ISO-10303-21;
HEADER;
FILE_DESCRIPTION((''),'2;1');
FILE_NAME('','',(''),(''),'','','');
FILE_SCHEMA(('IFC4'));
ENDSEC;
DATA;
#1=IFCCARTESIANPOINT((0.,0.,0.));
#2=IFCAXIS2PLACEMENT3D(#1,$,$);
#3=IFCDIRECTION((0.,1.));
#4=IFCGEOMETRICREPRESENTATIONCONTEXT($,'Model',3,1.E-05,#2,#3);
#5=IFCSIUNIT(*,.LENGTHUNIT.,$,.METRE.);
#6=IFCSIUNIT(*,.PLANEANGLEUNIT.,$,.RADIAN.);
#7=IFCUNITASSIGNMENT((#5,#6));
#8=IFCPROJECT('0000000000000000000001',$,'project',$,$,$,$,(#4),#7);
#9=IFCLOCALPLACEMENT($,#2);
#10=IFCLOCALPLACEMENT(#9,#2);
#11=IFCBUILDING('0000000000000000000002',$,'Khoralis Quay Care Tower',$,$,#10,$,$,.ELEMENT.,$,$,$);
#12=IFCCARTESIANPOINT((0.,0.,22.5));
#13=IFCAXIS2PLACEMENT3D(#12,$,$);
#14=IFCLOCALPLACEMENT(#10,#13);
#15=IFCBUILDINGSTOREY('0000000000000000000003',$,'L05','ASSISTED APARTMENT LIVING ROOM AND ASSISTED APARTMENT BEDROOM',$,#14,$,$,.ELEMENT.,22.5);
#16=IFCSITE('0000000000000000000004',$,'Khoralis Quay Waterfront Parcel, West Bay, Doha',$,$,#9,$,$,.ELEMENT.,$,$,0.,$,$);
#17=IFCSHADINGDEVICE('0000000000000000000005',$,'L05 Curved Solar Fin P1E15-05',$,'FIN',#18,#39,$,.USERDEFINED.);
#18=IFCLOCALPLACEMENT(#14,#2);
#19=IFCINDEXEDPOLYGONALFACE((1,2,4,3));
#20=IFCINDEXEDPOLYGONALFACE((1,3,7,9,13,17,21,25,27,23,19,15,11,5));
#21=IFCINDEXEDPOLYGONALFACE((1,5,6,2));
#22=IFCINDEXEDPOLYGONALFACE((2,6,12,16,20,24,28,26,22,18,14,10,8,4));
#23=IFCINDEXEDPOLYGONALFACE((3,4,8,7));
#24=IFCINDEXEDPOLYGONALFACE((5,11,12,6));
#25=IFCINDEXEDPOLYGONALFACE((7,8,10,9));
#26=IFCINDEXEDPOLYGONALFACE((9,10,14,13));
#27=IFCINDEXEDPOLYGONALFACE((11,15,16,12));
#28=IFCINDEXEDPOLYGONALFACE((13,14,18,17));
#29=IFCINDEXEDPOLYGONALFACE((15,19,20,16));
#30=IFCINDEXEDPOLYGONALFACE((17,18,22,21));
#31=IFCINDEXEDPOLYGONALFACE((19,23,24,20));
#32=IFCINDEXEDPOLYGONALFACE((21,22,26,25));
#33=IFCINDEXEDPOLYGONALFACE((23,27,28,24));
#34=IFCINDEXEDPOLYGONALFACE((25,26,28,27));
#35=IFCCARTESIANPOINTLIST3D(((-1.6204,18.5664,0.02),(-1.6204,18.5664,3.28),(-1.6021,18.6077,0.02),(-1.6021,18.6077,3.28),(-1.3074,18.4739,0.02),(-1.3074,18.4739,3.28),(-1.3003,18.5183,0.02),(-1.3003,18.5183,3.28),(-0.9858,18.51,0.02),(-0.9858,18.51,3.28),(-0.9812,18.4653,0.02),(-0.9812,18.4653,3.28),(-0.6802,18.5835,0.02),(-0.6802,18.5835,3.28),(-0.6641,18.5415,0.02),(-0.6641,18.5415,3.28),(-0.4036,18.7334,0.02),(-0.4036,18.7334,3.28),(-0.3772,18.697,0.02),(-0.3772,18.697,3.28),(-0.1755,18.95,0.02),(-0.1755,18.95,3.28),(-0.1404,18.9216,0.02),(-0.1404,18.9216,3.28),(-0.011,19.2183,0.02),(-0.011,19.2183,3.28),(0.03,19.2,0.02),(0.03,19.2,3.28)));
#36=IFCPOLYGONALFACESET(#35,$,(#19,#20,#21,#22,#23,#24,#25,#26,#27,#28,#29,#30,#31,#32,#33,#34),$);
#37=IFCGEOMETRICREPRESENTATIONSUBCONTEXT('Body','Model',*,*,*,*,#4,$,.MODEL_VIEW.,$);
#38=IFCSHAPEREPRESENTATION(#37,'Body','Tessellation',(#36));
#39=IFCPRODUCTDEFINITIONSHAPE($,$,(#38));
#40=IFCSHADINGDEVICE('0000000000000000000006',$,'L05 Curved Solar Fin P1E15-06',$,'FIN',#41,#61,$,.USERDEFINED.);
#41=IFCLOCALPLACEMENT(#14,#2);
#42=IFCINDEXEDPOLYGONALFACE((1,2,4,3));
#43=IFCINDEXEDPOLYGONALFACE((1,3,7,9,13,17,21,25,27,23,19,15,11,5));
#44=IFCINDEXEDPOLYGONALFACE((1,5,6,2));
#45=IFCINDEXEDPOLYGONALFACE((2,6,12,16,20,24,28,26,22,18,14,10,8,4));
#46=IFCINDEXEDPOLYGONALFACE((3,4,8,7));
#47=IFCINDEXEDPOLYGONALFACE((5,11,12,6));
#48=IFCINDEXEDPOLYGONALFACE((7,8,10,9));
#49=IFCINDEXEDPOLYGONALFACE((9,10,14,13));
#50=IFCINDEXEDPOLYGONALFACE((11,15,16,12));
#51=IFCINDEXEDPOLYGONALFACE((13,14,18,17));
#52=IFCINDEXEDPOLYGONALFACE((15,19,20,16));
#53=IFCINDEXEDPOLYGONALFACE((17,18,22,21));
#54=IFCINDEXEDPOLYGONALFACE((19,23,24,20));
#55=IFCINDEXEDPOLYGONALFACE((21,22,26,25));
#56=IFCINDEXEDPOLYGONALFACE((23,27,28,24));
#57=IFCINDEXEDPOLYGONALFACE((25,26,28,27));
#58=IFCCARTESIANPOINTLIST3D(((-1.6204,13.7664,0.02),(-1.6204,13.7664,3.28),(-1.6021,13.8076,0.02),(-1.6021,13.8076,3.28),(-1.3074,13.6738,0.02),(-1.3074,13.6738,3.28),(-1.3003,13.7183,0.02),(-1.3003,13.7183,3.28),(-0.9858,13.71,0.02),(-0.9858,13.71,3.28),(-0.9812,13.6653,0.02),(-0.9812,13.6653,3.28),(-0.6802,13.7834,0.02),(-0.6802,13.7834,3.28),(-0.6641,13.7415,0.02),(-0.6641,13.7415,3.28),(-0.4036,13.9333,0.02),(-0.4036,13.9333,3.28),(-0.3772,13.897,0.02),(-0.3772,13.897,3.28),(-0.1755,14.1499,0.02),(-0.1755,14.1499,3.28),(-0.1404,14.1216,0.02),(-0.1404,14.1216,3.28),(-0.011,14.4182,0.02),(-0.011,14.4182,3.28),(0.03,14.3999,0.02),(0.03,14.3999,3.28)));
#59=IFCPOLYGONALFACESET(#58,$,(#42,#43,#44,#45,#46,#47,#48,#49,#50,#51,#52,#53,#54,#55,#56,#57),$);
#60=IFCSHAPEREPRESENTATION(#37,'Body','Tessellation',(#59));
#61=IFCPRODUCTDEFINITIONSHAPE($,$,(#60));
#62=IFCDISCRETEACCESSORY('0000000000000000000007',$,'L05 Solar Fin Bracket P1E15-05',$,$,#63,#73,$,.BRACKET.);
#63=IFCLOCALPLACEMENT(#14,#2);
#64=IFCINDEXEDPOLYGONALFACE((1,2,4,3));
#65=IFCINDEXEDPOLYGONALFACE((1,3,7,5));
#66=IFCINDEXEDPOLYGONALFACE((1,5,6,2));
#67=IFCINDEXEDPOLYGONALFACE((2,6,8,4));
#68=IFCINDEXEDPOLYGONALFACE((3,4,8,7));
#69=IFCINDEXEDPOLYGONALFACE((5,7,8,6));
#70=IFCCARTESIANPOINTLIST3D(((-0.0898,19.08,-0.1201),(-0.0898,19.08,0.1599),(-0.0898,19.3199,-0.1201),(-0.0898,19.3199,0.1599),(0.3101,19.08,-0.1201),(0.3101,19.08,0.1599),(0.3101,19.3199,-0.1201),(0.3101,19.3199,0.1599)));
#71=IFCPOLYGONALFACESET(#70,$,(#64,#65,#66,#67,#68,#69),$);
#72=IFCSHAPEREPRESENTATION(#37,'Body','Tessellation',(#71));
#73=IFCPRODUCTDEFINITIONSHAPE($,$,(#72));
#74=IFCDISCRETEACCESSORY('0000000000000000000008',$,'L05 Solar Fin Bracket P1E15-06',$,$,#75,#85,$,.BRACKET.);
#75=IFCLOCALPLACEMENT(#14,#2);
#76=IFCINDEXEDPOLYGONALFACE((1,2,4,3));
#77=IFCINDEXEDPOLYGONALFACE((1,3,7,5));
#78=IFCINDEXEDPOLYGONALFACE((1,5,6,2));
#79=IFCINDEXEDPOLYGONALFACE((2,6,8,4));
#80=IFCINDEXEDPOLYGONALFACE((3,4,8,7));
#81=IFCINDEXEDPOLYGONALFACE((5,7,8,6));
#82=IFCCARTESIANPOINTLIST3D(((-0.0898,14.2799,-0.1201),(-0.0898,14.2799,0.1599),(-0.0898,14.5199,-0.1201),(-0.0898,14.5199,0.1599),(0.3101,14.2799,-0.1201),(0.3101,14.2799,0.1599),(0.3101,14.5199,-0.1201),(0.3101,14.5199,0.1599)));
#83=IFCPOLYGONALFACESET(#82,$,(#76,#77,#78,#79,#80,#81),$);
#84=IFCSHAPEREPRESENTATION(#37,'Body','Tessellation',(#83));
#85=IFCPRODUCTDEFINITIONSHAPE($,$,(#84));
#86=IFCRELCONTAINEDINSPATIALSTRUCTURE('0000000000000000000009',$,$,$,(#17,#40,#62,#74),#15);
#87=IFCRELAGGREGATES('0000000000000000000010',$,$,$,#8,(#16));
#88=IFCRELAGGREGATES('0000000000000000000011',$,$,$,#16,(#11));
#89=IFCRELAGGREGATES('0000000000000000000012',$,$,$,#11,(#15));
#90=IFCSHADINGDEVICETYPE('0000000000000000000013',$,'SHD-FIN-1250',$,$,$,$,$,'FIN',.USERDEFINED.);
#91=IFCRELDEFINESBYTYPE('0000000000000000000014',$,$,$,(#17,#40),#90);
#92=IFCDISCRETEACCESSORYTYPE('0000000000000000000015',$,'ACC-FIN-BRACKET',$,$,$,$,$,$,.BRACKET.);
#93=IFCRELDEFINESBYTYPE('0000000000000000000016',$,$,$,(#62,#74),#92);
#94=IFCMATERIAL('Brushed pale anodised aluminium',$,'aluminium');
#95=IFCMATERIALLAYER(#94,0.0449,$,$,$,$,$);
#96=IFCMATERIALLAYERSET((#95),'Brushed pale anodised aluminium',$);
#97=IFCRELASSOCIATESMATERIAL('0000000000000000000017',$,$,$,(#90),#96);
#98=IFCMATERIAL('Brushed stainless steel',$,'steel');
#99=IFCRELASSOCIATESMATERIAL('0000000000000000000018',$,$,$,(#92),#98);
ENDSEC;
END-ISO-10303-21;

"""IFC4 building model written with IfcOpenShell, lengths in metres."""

from ifc_helpers import new_model, si_unit, direction, frame, origin, origin_2d, place, context, subcontext, project, spatial, polyline, rectangle, outline, extrude, source, transform, mapped, material, layer, layer_set, type_object, element, save


model = new_model("IFC4")

# Units and contexts
model_context = context("Model", 3, precision=1e-05, world=origin(), true_north=direction((0.0, 1.0)))
body_context = subcontext(model_context, "Body", "Model", "MODEL_VIEW")
ifc_project = project(units=[si_unit("LENGTHUNIT", "METRE"), si_unit("PLANEANGLEUNIT", "RADIAN")], contexts=[model_context])

# Site, building, storey
site_placement = place(None, origin())
site = spatial("IfcSite", under=ifc_project, at=site_placement, Name="Khoralis Quay Waterfront Parcel, West Bay, Doha", CompositionType="ELEMENT", RefElevation=0.0)
building_placement = place(site_placement, origin())
building = spatial("IfcBuilding", under=site, at=building_placement, Name="Khoralis Quay Care Tower", CompositionType="ELEMENT")
storey_placement = place(building_placement, frame((0.0, 0.0, 22.5)))
storey = spatial("IfcBuildingStorey", under=building, at=storey_placement, Name="L05", Description="ASSISTED APARTMENT LIVING ROOM AND ASSISTED APARTMENT BEDROOM", CompositionType="ELEMENT", Elevation=22.5)

# Shading devices
ifc_material_1 = material(Name="Brushed pale anodised aluminium", Category="aluminium")
ifc_layer_1 = layer(ifc_material_1, 0.0449)
ifc_layer_set_1 = layer_set([ifc_layer_1], Name="Brushed pale anodised aluminium")
shading_device_type = type_object("IfcShadingDeviceType", Name="SHD-FIN-1250", ElementType="FIN", PredefinedType="USERDEFINED", material=ifc_layer_set_1)
shared_shape_1 = source(origin(), body_context, "Body", "SweptSolid", [
    extrude(outline(polyline([(0.0, 0.0), (0.1704, 0.2783), (0.4072, 0.5029), (0.6941, 0.6584), (1.0112, 0.7346), (1.3374, 0.7261), (1.6504, 0.6335), (1.6321, 0.5923), (1.3303, 0.6816), (1.0159, 0.6899), (0.7102, 0.6165), (0.4336, 0.4666), (0.2056, 0.25), (0.041, -0.0183), (0.0, 0.0)])), origin(), (0.0, 0.0, 1.0), 3.26),
])
for number, where, z_axis, x_axis, name in (
    (1, (0.03, 19.2, 0.02), (0.0, 0.0, 1.0), (-1.0, 0.0, 0.0), "L05 Curved Solar Fin P1E15-05"),
    (2, (0.03, 14.3999, 0.02), (0.0, 0.0, 1.0), (-1.0, 0.0, 0.0), "L05 Curved Solar Fin P1E15-06"),
):
    element("IfcShadingDevice", number, at=place(storey_placement, frame(where, z_axis=z_axis, x_axis=x_axis)), inside=storey, type_object=shading_device_type, Name=name, ObjectType="FIN", PredefinedType="USERDEFINED", context=body_context, shape_type="MappedRepresentation", body=[
        mapped(shared_shape_1, transform((0.0, 0.0, 0.0), scale=1.0)),
    ])

# Discrete accessories
ifc_material_2 = material(Name="Brushed stainless steel", Category="steel")
discrete_accessory_type = type_object("IfcDiscreteAccessoryType", Name="ACC-FIN-BRACKET", PredefinedType="BRACKET", material=ifc_material_2)
shared_shape_2 = source(origin(), body_context, "Body", "SweptSolid", [
    extrude(rectangle(XDim=0.3999, YDim=0.24, at=origin_2d()), origin(), (0.0, 0.0, 1.0), 0.28),
])
for number, where, z_axis, x_axis, name in (
    (3, (0.1101, 19.2, -0.1201), (0.0, 0.0, 1.0), (-1.0, 0.0, 0.0), "L05 Solar Fin Bracket P1E15-05"),
    (4, (0.1101, 14.3999, -0.1201), (0.0, 0.0, 1.0), (-1.0, 0.0, 0.0), "L05 Solar Fin Bracket P1E15-06"),
):
    element("IfcDiscreteAccessory", number, at=place(storey_placement, frame(where, z_axis=z_axis, x_axis=x_axis)), inside=storey, type_object=discrete_accessory_type, Name=name, PredefinedType="BRACKET", context=body_context, shape_type="MappedRepresentation", body=[
        mapped(shared_shape_2, transform((0.0, 0.0, 0.0), scale=1.0)),
    ])

save(model, "model.ifc")
